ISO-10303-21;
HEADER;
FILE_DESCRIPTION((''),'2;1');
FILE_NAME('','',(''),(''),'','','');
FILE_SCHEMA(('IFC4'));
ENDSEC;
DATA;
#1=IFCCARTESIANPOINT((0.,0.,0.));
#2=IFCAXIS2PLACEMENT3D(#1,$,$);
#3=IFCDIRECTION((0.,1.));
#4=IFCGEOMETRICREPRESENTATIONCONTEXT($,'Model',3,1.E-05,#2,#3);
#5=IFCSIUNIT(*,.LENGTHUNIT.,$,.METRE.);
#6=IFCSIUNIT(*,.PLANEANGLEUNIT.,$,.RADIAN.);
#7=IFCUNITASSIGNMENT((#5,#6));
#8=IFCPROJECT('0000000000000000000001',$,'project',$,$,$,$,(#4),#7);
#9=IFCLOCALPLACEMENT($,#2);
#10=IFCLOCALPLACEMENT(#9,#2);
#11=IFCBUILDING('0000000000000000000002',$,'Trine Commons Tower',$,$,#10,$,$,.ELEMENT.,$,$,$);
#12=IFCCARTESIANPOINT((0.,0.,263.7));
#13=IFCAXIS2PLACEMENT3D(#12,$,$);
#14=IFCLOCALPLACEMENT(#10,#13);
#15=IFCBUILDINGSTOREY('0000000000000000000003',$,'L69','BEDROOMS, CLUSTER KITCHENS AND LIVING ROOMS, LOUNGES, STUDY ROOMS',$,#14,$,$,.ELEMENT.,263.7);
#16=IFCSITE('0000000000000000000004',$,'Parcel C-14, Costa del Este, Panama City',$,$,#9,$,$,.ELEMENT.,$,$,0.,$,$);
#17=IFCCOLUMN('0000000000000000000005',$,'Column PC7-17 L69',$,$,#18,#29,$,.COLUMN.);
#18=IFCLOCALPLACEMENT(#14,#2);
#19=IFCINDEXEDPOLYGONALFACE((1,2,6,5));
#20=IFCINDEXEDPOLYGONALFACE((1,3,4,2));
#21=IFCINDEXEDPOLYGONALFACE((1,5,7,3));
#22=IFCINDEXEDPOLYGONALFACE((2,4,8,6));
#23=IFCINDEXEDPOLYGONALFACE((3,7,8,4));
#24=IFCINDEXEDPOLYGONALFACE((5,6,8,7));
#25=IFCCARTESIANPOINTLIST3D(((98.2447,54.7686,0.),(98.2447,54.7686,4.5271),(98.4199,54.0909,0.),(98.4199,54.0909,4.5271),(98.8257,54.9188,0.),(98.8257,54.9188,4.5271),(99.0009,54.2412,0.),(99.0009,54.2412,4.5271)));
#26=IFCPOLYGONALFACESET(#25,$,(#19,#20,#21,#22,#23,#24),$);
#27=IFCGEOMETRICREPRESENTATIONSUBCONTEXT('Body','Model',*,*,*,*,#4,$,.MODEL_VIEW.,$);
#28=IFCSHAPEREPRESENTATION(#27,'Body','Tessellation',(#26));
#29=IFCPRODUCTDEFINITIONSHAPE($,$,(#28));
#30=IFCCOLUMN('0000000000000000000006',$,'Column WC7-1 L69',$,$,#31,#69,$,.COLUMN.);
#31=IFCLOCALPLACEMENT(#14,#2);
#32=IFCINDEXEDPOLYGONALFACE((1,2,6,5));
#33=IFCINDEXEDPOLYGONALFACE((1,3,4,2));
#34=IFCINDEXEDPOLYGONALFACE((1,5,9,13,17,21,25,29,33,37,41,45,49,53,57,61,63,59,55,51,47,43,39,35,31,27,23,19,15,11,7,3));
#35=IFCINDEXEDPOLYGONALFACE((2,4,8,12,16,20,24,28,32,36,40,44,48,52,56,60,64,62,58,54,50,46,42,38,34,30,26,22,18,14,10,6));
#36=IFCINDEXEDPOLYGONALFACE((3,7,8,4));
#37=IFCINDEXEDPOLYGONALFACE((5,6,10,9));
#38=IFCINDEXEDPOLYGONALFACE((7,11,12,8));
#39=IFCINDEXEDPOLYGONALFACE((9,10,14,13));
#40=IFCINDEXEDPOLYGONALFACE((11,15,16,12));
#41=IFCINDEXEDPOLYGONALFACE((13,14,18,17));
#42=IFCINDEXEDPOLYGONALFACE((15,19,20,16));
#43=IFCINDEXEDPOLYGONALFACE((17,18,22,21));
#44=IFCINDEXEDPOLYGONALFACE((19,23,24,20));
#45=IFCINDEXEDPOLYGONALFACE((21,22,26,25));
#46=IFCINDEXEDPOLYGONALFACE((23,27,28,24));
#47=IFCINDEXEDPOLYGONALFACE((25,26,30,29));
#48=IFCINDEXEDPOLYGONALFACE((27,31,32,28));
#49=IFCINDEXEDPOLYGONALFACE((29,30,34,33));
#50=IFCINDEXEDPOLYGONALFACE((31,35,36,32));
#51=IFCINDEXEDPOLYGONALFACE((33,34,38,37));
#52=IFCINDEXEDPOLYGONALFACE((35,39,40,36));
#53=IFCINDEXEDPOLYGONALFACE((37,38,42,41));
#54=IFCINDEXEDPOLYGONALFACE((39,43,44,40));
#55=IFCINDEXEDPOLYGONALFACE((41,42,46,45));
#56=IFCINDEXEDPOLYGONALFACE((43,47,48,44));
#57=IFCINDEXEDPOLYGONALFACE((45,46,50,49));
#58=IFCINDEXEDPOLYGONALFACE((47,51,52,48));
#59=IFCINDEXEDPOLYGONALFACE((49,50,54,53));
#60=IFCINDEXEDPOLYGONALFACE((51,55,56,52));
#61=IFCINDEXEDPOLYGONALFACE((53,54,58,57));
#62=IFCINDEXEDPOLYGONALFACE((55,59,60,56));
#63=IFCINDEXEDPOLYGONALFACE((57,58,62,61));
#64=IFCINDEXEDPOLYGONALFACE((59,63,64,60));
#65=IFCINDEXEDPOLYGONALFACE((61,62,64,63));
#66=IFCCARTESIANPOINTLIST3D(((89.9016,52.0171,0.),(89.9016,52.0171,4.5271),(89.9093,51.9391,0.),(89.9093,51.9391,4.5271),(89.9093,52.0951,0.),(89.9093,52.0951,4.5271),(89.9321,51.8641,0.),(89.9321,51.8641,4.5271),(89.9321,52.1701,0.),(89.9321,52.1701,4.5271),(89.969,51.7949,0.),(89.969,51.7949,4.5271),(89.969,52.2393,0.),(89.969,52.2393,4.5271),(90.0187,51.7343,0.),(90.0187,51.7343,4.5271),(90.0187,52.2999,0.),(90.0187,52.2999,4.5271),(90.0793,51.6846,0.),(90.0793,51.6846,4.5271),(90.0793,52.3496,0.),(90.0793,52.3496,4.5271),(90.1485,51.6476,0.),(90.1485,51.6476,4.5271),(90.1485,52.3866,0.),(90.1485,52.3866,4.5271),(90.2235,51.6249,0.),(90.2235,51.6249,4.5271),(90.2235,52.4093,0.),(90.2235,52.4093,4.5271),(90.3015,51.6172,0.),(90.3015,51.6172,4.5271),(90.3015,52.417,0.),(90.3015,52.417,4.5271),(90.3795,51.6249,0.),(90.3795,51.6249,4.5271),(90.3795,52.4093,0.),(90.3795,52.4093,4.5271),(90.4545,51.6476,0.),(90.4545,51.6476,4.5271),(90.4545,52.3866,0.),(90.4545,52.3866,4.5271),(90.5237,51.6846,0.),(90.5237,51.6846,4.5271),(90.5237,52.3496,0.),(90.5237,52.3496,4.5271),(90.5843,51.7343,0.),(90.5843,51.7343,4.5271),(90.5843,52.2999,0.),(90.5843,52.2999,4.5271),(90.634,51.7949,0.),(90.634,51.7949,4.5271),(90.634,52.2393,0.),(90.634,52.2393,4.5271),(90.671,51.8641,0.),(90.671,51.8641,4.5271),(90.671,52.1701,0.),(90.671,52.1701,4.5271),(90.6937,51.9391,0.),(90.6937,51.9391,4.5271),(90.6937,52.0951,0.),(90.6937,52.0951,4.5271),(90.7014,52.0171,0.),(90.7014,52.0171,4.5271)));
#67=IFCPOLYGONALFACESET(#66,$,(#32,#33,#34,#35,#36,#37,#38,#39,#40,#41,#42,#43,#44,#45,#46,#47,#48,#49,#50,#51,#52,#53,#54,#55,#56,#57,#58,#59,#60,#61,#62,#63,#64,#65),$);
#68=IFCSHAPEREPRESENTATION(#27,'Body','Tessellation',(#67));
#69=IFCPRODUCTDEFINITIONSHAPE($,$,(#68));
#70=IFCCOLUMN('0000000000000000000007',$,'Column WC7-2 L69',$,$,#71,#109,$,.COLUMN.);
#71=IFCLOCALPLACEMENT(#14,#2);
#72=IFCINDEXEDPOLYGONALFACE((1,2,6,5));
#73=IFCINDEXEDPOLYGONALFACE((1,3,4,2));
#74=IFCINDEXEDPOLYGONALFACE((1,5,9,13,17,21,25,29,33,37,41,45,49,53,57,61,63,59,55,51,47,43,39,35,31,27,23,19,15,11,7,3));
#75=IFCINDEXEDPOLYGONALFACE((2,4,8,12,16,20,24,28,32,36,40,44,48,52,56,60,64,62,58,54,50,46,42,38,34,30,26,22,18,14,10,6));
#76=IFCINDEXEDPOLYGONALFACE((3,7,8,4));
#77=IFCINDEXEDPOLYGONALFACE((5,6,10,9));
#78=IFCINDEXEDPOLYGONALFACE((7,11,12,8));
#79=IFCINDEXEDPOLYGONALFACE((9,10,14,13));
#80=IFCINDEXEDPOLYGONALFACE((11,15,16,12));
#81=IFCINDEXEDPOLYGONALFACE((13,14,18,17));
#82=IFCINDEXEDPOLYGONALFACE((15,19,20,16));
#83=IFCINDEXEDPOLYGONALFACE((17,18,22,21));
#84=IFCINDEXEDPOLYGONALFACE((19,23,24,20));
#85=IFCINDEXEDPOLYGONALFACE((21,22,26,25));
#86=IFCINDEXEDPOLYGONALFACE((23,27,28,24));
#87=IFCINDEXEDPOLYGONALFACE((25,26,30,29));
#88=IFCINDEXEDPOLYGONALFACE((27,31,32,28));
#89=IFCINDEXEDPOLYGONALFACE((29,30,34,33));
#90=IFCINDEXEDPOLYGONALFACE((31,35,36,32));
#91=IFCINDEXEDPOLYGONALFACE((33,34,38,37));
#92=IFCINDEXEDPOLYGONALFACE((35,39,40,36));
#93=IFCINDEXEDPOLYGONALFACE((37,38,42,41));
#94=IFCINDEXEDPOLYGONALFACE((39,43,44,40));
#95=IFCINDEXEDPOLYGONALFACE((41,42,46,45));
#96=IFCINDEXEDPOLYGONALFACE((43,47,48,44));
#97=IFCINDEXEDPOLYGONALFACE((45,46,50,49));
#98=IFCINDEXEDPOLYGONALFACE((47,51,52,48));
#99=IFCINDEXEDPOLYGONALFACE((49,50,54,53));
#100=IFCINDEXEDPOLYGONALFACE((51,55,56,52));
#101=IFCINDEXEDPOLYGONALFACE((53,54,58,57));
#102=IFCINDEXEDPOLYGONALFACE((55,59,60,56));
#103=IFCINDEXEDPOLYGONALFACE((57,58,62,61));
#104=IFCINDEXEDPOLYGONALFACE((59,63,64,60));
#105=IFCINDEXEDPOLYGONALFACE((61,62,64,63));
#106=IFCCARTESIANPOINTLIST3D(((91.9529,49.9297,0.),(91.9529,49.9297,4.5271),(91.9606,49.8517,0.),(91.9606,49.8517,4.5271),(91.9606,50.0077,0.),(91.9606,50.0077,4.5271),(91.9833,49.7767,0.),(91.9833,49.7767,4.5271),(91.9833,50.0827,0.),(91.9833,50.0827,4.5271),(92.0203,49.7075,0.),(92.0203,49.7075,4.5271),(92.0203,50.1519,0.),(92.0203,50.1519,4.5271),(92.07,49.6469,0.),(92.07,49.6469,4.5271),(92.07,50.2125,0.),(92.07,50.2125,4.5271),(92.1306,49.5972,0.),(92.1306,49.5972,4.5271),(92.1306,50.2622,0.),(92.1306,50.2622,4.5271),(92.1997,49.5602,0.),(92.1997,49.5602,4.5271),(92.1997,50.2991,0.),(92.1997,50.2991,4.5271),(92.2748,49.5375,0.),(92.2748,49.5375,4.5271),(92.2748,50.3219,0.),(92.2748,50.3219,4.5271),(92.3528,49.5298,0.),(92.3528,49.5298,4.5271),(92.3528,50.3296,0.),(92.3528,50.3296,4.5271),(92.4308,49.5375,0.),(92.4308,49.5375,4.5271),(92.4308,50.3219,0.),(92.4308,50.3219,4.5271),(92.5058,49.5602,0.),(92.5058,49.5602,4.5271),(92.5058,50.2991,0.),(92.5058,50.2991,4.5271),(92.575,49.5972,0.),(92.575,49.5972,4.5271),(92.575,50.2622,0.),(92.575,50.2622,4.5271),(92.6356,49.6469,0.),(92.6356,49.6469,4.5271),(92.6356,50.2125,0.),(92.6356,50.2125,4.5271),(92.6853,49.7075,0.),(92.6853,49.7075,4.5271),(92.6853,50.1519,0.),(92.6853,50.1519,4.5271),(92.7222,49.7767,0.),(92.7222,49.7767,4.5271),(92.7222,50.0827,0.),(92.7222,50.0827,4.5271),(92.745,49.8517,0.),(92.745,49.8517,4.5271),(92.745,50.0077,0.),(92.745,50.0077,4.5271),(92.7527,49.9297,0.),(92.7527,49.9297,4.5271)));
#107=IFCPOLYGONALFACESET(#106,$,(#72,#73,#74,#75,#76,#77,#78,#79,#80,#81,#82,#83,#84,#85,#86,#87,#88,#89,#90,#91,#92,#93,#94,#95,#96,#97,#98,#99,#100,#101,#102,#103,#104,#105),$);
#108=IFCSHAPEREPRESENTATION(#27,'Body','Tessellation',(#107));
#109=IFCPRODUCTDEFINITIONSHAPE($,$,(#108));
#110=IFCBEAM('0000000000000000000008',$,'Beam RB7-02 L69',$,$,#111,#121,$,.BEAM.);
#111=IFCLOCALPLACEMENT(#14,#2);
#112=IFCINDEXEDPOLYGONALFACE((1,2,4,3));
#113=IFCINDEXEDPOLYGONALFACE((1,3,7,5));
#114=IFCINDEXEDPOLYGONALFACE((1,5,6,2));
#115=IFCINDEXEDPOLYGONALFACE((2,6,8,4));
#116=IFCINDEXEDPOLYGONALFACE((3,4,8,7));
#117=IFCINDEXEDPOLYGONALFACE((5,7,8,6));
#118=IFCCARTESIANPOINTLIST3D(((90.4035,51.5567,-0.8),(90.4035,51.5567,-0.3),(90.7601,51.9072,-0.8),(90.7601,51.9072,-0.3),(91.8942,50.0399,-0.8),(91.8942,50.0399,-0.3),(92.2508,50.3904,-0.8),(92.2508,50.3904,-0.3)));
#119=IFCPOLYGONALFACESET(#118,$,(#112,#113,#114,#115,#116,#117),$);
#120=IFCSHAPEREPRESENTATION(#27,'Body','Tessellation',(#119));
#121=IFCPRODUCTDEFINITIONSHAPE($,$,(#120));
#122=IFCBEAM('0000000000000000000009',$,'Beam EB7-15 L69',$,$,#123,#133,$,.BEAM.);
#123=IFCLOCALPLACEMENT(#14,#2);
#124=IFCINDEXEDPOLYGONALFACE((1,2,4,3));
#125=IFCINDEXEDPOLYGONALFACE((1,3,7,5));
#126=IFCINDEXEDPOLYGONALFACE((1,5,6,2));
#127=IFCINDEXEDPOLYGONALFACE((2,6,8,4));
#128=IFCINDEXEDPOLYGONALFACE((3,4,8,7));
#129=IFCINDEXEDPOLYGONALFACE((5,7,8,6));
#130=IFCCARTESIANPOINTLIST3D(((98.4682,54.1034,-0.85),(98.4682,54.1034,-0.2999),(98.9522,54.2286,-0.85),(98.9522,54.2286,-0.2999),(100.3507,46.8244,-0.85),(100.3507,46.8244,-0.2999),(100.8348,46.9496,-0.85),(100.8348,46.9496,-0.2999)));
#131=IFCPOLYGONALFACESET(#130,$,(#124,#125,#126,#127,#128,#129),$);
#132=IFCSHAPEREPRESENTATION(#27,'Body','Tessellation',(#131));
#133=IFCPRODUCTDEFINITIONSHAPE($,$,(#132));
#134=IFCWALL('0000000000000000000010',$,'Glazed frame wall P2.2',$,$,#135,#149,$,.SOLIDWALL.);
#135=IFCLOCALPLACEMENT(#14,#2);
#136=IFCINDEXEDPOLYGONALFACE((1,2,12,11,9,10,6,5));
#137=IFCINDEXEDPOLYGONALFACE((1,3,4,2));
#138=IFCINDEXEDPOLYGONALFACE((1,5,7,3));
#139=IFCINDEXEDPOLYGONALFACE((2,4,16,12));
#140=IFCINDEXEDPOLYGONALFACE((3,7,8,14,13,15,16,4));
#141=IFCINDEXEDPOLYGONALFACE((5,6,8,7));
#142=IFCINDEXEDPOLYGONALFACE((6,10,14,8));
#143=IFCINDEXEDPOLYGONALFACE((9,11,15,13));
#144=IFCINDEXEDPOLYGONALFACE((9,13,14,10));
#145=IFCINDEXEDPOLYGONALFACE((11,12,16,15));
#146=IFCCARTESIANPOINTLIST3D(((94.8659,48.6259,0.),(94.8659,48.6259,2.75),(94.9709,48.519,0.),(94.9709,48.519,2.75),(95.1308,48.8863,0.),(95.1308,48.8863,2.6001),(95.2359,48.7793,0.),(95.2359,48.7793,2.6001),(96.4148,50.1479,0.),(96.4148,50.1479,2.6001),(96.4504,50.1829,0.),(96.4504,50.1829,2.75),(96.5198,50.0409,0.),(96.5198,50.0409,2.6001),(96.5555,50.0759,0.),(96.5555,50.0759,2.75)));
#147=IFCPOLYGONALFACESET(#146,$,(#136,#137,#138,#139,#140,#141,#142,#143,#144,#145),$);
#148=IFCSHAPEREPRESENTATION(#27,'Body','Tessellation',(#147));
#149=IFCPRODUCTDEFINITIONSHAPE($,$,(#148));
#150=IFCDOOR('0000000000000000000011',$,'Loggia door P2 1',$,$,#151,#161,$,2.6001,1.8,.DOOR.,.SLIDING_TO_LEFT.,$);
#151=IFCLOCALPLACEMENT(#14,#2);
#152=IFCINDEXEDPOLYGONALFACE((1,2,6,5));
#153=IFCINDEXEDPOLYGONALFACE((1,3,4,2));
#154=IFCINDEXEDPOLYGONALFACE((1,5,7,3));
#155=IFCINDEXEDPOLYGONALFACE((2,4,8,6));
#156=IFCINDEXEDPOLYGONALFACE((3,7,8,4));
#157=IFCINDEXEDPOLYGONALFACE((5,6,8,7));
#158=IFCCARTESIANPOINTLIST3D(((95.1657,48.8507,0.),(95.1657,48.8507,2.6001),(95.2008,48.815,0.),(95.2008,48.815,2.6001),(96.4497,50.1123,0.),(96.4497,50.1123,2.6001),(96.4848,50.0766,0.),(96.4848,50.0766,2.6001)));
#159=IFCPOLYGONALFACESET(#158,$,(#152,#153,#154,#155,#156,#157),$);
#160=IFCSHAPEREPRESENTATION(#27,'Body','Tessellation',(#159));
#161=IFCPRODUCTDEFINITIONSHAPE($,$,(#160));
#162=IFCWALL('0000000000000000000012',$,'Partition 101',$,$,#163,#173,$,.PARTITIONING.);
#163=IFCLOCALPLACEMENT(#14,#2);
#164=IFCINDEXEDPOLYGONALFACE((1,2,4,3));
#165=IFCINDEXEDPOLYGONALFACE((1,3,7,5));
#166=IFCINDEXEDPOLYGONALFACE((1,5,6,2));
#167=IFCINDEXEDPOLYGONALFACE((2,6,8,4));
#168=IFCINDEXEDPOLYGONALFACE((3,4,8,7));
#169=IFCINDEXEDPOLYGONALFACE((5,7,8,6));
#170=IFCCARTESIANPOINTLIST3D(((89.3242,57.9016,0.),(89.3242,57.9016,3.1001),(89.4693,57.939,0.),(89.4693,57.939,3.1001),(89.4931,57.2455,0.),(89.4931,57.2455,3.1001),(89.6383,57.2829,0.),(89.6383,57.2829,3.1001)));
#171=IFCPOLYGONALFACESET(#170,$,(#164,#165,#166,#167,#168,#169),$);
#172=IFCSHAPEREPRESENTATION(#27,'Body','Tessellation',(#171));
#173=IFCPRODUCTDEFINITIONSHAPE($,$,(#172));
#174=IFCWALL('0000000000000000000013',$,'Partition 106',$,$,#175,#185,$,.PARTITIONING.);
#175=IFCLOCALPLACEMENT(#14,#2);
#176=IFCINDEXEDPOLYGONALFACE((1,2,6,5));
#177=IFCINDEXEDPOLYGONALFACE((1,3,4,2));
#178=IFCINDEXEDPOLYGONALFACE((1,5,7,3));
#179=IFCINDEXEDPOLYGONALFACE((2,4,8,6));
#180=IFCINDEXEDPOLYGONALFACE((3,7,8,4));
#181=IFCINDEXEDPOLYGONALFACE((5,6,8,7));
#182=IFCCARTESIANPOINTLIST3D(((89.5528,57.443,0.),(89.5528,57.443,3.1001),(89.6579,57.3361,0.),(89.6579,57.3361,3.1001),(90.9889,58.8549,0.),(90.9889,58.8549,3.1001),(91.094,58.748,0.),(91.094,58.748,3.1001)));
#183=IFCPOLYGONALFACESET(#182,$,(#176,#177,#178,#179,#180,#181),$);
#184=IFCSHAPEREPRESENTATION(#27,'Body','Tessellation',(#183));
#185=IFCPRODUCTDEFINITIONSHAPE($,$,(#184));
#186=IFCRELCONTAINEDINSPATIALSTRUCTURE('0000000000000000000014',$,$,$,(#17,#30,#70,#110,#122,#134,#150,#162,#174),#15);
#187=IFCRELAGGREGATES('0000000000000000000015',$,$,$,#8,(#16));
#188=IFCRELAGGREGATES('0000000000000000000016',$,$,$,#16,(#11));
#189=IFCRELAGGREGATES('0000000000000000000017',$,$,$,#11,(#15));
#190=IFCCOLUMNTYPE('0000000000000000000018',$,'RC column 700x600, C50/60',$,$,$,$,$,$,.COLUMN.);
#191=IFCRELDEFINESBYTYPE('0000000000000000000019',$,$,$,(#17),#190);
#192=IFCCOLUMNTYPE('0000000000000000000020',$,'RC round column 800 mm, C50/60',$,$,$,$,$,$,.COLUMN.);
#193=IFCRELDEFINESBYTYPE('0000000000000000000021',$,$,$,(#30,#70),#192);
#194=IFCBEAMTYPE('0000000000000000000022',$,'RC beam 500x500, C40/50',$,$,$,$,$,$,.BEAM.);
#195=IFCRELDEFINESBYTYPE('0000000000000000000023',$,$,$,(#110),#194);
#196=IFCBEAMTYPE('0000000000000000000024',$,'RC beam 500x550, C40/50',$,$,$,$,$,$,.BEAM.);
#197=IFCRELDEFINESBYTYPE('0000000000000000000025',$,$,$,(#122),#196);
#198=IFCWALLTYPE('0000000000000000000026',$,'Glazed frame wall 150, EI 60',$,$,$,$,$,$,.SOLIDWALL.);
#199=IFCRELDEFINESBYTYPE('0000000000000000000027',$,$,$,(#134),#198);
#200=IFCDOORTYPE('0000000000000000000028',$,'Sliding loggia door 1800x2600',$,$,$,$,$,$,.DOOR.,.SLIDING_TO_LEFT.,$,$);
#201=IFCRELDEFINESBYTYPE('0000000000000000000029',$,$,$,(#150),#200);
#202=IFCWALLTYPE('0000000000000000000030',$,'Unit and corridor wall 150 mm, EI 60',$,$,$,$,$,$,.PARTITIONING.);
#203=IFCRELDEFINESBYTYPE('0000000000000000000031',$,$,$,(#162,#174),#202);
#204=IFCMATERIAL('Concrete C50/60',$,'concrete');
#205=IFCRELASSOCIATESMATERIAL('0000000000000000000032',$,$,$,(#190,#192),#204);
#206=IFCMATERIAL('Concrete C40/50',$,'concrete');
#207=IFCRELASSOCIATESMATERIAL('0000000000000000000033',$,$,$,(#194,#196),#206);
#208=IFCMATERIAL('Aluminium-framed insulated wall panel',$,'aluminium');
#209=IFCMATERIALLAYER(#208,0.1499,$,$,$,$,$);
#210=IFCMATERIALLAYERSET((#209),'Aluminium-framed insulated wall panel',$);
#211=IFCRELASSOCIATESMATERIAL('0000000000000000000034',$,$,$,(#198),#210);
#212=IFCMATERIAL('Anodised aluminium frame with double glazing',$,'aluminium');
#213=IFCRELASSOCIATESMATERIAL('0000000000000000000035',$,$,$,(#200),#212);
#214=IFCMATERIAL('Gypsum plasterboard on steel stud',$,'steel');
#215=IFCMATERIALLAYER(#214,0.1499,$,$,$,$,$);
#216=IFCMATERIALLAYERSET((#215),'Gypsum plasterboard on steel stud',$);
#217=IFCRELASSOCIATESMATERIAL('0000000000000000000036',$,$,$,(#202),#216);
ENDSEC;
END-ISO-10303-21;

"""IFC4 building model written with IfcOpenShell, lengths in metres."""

from ifc_helpers import new_model, si_unit, direction, frame, frame_2d, origin, origin_2d, place, context, subcontext, project, spatial, polyline, rectangle, circle, outline, extrude, material, layer, layer_set, material_profile, profile_set, type_object, element, fill, save


model = new_model("IFC4")

# Units and contexts
model_context = context("Model", 3, precision=1e-05, world=origin(), true_north=direction((0.0, 1.0)))
body_context = subcontext(model_context, "Body", "Model", "MODEL_VIEW")
ifc_project = project(units=[si_unit("LENGTHUNIT", "METRE"), si_unit("PLANEANGLEUNIT", "RADIAN")], contexts=[model_context])

# Site, building, storey
site_placement = place(None, origin())
site = spatial("IfcSite", under=ifc_project, at=site_placement, Name="Parcel C-14, Costa del Este, Panama City", CompositionType="ELEMENT", RefElevation=0.0)
building_placement = place(site_placement, origin())
building = spatial("IfcBuilding", under=site, at=building_placement, Name="Trine Commons Tower", CompositionType="ELEMENT")
storey_placement = place(building_placement, frame((0.0, 0.0, 263.7)))
storey = spatial("IfcBuildingStorey", under=building, at=storey_placement, Name="L69", Description="BEDROOMS, CLUSTER KITCHENS AND LIVING ROOMS, LOUNGES, STUDY ROOMS", CompositionType="ELEMENT", Elevation=263.7)

# Columns
ifc_material_1 = material(Name="Concrete C50/60", Category="concrete")
ifc_material_profile_1 = material_profile(ifc_material_1, rectangle(XDim=0.7, YDim=0.6001, at=origin_2d()), Name="RC 700x600")
ifc_profile_set_1 = profile_set([ifc_material_profile_1], Name="Concrete C50/60")
column_type_1 = type_object("IfcColumnType", Name="RC column 700x600, C50/60", PredefinedType="COLUMN", material=ifc_profile_set_1)
column_placement = place(storey_placement, frame((98.6228, 54.5049, 0.0), z_axis=(0.0, 0.0, 1.0), x_axis=(-0.25038, 0.968148, 0.0)))
element("IfcColumn", 1, at=column_placement, inside=storey, type_object=column_type_1, Name="Column PC7-17 L69", PredefinedType="COLUMN", context=body_context, shape_type="SweptSolid", body=[
    extrude(rectangle(XDim=0.7, YDim=0.6001, at=origin_2d()), origin(), (0.0, 0.0, 1.0), 4.5271),
])
ifc_material_profile_2 = material_profile(ifc_material_1, circle(Radius=0.3999, at=origin_2d()), Name="RC round 800")
ifc_profile_set_2 = profile_set([ifc_material_profile_2], Name="Concrete C50/60")
column_type_2 = type_object("IfcColumnType", Name="RC round column 800 mm, C50/60", PredefinedType="COLUMN", material=ifc_profile_set_2)
for number, where, z_axis, x_axis, name in (
    (2, (90.3015, 52.0171, 0.0), (0.0, 0.0, 1.0), (1.0, 0.0, 0.0), "Column WC7-1 L69"),
    (3, (92.3528, 49.9297, 0.0), (0.0, 0.0, 1.0), (1.0, 0.0, 0.0), "Column WC7-2 L69"),
):
    element("IfcColumn", number, at=place(storey_placement, frame(where, z_axis=z_axis, x_axis=x_axis)), inside=storey, type_object=column_type_2, Name=name, PredefinedType="COLUMN", context=body_context, shape_type="SweptSolid", body=[
        extrude(circle(Radius=0.3999, at=origin_2d()), origin(), (0.0, 0.0, 1.0), 4.5271),
    ])

# Beams
ifc_material_2 = material(Name="Concrete C40/50", Category="concrete")
ifc_material_profile_3 = material_profile(ifc_material_2, rectangle(XDim=0.5, YDim=0.5, at=origin_2d()), Name="RC 500x500")
ifc_profile_set_3 = profile_set([ifc_material_profile_3], Name="Concrete C40/50")
beam_type_1 = type_object("IfcBeamType", Name="RC beam 500x500, C40/50", PredefinedType="BEAM", material=ifc_profile_set_3)
beam_1_placement = place(storey_placement, frame((90.5818, 51.7319, -0.55), z_axis=(0.700939, -0.713222, 0.0), x_axis=(0.713222, 0.700939, 0.0)))
element("IfcBeam", 4, at=beam_1_placement, inside=storey, type_object=beam_type_1, Name="Beam RB7-02 L69", PredefinedType="BEAM", context=body_context, shape_type="SweptSolid", body=[
    extrude(rectangle(XDim=0.5, YDim=0.5, at=origin_2d()), origin(), (0.0, 0.0, 1.0), 2.1267),
])
ifc_material_profile_4 = material_profile(ifc_material_2, rectangle(XDim=0.5, YDim=0.55, at=origin_2d()), Name="RC 500x550")
ifc_profile_set_4 = profile_set([ifc_material_profile_4], Name="Concrete C40/50")
beam_type_2 = type_object("IfcBeamType", Name="RC beam 500x550, C40/50", PredefinedType="BEAM", material=ifc_profile_set_4)
beam_2_placement = place(storey_placement, frame((98.7102, 54.166, -0.575), z_axis=(0.25039, -0.968145, 0.0), x_axis=(0.968145, 0.25039, 0.0)))
element("IfcBeam", 5, at=beam_2_placement, inside=storey, type_object=beam_type_2, Name="Beam EB7-15 L69", PredefinedType="BEAM", context=body_context, shape_type="SweptSolid", body=[
    extrude(rectangle(XDim=0.5, YDim=0.55, at=origin_2d()), origin(), (0.0, 0.0, 1.0), 7.5186),
])

# Shared definitions
ifc_material_3 = material(Name="Aluminium-framed insulated wall panel", Category="aluminium")
ifc_layer_1 = layer(ifc_material_3, 0.1499)
ifc_layer_set_1 = layer_set([ifc_layer_1], Name="Aluminium-framed insulated wall panel")
wall_type_1 = type_object("IfcWallType", Name="Glazed frame wall 150, EI 60", PredefinedType="SOLIDWALL", material=ifc_layer_set_1)

# Wall, opening, door
wall_1_placement = place(storey_placement, frame((96.5029, 50.1294, 0.0), z_axis=(0.0, 0.0, 1.0), x_axis=(-0.713289, -0.70087, 0.0)))
wall_1 = element("IfcWall", 6, at=wall_1_placement, inside=storey, type_object=wall_type_1, Name="Glazed frame wall P2.2", PredefinedType="SOLIDWALL", context=body_context, shape_type="SweptSolid", body=[
    extrude(outline(polyline([(0.0, -0.075), (2.2214, -0.075), (2.2214, 0.075), (0.0, 0.075), (0.0, -0.075)])), origin(), (0.0, 0.0, 1.0), 2.75),
])
opening_1_placement = place(wall_1_placement, frame((0.05, 0.0, 0.0)))
opening_1 = element("IfcOpeningElement", 7, at=opening_1_placement, cuts=wall_1, PredefinedType="OPENING", context=body_context, shape_type="SweptSolid", body=[
    extrude(rectangle(XDim=1.8, YDim=2.6001, at=frame_2d((0.8999, 1.3))), frame((0.0, 0.085, 0.0), z_axis=(0.0, -1.0, 0.0), x_axis=(1.0, 0.0, 0.0)), (0.0, 0.0, 1.0), 0.1699),
])
ifc_material_4 = material(Name="Anodised aluminium frame with double glazing", Category="aluminium")
door_type_1 = type_object("IfcDoorType", Name="Sliding loggia door 1800x2600", OperationType="SLIDING_TO_LEFT", PredefinedType="DOOR", material=ifc_material_4)
door_1_placement = place(opening_1_placement, origin())
door_1 = element("IfcDoor", 8, at=door_1_placement, inside=storey, type_object=door_type_1, Name="Loggia door P2 1", OperationType="SLIDING_TO_LEFT", OverallHeight=2.6001, OverallWidth=1.8, PredefinedType="DOOR", context=body_context, shape_type="SweptSolid", body=[
    extrude(rectangle(XDim=1.8, YDim=2.6001, at=frame_2d((0.8999, 1.3))), frame((0.0, 0.0249, 0.0), z_axis=(0.0, -1.0, 0.0), x_axis=(1.0, 0.0, 0.0)), (0.0, 0.0, 1.0), 0.05),
])
fill(opening_1, door_1)

# Walls
ifc_material_5 = material(Name="Gypsum plasterboard on steel stud", Category="steel")
ifc_layer_2 = layer(ifc_material_5, 0.1499)
ifc_layer_set_2 = layer_set([ifc_layer_2], Name="Gypsum plasterboard on steel stud")
wall_type_2 = type_object("IfcWallType", Name="Unit and corridor wall 150 mm, EI 60", PredefinedType="PARTITIONING", material=ifc_layer_set_2)
wall_2_placement = place(storey_placement, frame((89.3967, 57.9204, 0.0), z_axis=(0.0, 0.0, 1.0), x_axis=(0.249398, -0.968401, 0.0)))
element("IfcWall", 9, at=wall_2_placement, inside=storey, type_object=wall_type_2, Name="Partition 101", PredefinedType="PARTITIONING", context=body_context, shape_type="SweptSolid", body=[
    extrude(rectangle(XDim=0.6775, YDim=0.1499, at=frame_2d((0.3389, 0.0))), origin(), (0.0, 0.0, 1.0), 3.1001),
])
wall_3_placement = place(storey_placement, frame((89.6055, 57.3896, 0.0), z_axis=(0.0, 0.0, 1.0), x_axis=(0.713082, 0.70108, 0.0)))
element("IfcWall", 10, at=wall_3_placement, inside=storey, type_object=wall_type_2, Name="Partition 106", PredefinedType="PARTITIONING", context=body_context, shape_type="SweptSolid", body=[
    extrude(rectangle(XDim=2.0139, YDim=0.1499, at=frame_2d((1.0068, 0.0))), origin(), (0.0, 0.0, 1.0), 3.1001),
])

save(model, "model.ifc")
